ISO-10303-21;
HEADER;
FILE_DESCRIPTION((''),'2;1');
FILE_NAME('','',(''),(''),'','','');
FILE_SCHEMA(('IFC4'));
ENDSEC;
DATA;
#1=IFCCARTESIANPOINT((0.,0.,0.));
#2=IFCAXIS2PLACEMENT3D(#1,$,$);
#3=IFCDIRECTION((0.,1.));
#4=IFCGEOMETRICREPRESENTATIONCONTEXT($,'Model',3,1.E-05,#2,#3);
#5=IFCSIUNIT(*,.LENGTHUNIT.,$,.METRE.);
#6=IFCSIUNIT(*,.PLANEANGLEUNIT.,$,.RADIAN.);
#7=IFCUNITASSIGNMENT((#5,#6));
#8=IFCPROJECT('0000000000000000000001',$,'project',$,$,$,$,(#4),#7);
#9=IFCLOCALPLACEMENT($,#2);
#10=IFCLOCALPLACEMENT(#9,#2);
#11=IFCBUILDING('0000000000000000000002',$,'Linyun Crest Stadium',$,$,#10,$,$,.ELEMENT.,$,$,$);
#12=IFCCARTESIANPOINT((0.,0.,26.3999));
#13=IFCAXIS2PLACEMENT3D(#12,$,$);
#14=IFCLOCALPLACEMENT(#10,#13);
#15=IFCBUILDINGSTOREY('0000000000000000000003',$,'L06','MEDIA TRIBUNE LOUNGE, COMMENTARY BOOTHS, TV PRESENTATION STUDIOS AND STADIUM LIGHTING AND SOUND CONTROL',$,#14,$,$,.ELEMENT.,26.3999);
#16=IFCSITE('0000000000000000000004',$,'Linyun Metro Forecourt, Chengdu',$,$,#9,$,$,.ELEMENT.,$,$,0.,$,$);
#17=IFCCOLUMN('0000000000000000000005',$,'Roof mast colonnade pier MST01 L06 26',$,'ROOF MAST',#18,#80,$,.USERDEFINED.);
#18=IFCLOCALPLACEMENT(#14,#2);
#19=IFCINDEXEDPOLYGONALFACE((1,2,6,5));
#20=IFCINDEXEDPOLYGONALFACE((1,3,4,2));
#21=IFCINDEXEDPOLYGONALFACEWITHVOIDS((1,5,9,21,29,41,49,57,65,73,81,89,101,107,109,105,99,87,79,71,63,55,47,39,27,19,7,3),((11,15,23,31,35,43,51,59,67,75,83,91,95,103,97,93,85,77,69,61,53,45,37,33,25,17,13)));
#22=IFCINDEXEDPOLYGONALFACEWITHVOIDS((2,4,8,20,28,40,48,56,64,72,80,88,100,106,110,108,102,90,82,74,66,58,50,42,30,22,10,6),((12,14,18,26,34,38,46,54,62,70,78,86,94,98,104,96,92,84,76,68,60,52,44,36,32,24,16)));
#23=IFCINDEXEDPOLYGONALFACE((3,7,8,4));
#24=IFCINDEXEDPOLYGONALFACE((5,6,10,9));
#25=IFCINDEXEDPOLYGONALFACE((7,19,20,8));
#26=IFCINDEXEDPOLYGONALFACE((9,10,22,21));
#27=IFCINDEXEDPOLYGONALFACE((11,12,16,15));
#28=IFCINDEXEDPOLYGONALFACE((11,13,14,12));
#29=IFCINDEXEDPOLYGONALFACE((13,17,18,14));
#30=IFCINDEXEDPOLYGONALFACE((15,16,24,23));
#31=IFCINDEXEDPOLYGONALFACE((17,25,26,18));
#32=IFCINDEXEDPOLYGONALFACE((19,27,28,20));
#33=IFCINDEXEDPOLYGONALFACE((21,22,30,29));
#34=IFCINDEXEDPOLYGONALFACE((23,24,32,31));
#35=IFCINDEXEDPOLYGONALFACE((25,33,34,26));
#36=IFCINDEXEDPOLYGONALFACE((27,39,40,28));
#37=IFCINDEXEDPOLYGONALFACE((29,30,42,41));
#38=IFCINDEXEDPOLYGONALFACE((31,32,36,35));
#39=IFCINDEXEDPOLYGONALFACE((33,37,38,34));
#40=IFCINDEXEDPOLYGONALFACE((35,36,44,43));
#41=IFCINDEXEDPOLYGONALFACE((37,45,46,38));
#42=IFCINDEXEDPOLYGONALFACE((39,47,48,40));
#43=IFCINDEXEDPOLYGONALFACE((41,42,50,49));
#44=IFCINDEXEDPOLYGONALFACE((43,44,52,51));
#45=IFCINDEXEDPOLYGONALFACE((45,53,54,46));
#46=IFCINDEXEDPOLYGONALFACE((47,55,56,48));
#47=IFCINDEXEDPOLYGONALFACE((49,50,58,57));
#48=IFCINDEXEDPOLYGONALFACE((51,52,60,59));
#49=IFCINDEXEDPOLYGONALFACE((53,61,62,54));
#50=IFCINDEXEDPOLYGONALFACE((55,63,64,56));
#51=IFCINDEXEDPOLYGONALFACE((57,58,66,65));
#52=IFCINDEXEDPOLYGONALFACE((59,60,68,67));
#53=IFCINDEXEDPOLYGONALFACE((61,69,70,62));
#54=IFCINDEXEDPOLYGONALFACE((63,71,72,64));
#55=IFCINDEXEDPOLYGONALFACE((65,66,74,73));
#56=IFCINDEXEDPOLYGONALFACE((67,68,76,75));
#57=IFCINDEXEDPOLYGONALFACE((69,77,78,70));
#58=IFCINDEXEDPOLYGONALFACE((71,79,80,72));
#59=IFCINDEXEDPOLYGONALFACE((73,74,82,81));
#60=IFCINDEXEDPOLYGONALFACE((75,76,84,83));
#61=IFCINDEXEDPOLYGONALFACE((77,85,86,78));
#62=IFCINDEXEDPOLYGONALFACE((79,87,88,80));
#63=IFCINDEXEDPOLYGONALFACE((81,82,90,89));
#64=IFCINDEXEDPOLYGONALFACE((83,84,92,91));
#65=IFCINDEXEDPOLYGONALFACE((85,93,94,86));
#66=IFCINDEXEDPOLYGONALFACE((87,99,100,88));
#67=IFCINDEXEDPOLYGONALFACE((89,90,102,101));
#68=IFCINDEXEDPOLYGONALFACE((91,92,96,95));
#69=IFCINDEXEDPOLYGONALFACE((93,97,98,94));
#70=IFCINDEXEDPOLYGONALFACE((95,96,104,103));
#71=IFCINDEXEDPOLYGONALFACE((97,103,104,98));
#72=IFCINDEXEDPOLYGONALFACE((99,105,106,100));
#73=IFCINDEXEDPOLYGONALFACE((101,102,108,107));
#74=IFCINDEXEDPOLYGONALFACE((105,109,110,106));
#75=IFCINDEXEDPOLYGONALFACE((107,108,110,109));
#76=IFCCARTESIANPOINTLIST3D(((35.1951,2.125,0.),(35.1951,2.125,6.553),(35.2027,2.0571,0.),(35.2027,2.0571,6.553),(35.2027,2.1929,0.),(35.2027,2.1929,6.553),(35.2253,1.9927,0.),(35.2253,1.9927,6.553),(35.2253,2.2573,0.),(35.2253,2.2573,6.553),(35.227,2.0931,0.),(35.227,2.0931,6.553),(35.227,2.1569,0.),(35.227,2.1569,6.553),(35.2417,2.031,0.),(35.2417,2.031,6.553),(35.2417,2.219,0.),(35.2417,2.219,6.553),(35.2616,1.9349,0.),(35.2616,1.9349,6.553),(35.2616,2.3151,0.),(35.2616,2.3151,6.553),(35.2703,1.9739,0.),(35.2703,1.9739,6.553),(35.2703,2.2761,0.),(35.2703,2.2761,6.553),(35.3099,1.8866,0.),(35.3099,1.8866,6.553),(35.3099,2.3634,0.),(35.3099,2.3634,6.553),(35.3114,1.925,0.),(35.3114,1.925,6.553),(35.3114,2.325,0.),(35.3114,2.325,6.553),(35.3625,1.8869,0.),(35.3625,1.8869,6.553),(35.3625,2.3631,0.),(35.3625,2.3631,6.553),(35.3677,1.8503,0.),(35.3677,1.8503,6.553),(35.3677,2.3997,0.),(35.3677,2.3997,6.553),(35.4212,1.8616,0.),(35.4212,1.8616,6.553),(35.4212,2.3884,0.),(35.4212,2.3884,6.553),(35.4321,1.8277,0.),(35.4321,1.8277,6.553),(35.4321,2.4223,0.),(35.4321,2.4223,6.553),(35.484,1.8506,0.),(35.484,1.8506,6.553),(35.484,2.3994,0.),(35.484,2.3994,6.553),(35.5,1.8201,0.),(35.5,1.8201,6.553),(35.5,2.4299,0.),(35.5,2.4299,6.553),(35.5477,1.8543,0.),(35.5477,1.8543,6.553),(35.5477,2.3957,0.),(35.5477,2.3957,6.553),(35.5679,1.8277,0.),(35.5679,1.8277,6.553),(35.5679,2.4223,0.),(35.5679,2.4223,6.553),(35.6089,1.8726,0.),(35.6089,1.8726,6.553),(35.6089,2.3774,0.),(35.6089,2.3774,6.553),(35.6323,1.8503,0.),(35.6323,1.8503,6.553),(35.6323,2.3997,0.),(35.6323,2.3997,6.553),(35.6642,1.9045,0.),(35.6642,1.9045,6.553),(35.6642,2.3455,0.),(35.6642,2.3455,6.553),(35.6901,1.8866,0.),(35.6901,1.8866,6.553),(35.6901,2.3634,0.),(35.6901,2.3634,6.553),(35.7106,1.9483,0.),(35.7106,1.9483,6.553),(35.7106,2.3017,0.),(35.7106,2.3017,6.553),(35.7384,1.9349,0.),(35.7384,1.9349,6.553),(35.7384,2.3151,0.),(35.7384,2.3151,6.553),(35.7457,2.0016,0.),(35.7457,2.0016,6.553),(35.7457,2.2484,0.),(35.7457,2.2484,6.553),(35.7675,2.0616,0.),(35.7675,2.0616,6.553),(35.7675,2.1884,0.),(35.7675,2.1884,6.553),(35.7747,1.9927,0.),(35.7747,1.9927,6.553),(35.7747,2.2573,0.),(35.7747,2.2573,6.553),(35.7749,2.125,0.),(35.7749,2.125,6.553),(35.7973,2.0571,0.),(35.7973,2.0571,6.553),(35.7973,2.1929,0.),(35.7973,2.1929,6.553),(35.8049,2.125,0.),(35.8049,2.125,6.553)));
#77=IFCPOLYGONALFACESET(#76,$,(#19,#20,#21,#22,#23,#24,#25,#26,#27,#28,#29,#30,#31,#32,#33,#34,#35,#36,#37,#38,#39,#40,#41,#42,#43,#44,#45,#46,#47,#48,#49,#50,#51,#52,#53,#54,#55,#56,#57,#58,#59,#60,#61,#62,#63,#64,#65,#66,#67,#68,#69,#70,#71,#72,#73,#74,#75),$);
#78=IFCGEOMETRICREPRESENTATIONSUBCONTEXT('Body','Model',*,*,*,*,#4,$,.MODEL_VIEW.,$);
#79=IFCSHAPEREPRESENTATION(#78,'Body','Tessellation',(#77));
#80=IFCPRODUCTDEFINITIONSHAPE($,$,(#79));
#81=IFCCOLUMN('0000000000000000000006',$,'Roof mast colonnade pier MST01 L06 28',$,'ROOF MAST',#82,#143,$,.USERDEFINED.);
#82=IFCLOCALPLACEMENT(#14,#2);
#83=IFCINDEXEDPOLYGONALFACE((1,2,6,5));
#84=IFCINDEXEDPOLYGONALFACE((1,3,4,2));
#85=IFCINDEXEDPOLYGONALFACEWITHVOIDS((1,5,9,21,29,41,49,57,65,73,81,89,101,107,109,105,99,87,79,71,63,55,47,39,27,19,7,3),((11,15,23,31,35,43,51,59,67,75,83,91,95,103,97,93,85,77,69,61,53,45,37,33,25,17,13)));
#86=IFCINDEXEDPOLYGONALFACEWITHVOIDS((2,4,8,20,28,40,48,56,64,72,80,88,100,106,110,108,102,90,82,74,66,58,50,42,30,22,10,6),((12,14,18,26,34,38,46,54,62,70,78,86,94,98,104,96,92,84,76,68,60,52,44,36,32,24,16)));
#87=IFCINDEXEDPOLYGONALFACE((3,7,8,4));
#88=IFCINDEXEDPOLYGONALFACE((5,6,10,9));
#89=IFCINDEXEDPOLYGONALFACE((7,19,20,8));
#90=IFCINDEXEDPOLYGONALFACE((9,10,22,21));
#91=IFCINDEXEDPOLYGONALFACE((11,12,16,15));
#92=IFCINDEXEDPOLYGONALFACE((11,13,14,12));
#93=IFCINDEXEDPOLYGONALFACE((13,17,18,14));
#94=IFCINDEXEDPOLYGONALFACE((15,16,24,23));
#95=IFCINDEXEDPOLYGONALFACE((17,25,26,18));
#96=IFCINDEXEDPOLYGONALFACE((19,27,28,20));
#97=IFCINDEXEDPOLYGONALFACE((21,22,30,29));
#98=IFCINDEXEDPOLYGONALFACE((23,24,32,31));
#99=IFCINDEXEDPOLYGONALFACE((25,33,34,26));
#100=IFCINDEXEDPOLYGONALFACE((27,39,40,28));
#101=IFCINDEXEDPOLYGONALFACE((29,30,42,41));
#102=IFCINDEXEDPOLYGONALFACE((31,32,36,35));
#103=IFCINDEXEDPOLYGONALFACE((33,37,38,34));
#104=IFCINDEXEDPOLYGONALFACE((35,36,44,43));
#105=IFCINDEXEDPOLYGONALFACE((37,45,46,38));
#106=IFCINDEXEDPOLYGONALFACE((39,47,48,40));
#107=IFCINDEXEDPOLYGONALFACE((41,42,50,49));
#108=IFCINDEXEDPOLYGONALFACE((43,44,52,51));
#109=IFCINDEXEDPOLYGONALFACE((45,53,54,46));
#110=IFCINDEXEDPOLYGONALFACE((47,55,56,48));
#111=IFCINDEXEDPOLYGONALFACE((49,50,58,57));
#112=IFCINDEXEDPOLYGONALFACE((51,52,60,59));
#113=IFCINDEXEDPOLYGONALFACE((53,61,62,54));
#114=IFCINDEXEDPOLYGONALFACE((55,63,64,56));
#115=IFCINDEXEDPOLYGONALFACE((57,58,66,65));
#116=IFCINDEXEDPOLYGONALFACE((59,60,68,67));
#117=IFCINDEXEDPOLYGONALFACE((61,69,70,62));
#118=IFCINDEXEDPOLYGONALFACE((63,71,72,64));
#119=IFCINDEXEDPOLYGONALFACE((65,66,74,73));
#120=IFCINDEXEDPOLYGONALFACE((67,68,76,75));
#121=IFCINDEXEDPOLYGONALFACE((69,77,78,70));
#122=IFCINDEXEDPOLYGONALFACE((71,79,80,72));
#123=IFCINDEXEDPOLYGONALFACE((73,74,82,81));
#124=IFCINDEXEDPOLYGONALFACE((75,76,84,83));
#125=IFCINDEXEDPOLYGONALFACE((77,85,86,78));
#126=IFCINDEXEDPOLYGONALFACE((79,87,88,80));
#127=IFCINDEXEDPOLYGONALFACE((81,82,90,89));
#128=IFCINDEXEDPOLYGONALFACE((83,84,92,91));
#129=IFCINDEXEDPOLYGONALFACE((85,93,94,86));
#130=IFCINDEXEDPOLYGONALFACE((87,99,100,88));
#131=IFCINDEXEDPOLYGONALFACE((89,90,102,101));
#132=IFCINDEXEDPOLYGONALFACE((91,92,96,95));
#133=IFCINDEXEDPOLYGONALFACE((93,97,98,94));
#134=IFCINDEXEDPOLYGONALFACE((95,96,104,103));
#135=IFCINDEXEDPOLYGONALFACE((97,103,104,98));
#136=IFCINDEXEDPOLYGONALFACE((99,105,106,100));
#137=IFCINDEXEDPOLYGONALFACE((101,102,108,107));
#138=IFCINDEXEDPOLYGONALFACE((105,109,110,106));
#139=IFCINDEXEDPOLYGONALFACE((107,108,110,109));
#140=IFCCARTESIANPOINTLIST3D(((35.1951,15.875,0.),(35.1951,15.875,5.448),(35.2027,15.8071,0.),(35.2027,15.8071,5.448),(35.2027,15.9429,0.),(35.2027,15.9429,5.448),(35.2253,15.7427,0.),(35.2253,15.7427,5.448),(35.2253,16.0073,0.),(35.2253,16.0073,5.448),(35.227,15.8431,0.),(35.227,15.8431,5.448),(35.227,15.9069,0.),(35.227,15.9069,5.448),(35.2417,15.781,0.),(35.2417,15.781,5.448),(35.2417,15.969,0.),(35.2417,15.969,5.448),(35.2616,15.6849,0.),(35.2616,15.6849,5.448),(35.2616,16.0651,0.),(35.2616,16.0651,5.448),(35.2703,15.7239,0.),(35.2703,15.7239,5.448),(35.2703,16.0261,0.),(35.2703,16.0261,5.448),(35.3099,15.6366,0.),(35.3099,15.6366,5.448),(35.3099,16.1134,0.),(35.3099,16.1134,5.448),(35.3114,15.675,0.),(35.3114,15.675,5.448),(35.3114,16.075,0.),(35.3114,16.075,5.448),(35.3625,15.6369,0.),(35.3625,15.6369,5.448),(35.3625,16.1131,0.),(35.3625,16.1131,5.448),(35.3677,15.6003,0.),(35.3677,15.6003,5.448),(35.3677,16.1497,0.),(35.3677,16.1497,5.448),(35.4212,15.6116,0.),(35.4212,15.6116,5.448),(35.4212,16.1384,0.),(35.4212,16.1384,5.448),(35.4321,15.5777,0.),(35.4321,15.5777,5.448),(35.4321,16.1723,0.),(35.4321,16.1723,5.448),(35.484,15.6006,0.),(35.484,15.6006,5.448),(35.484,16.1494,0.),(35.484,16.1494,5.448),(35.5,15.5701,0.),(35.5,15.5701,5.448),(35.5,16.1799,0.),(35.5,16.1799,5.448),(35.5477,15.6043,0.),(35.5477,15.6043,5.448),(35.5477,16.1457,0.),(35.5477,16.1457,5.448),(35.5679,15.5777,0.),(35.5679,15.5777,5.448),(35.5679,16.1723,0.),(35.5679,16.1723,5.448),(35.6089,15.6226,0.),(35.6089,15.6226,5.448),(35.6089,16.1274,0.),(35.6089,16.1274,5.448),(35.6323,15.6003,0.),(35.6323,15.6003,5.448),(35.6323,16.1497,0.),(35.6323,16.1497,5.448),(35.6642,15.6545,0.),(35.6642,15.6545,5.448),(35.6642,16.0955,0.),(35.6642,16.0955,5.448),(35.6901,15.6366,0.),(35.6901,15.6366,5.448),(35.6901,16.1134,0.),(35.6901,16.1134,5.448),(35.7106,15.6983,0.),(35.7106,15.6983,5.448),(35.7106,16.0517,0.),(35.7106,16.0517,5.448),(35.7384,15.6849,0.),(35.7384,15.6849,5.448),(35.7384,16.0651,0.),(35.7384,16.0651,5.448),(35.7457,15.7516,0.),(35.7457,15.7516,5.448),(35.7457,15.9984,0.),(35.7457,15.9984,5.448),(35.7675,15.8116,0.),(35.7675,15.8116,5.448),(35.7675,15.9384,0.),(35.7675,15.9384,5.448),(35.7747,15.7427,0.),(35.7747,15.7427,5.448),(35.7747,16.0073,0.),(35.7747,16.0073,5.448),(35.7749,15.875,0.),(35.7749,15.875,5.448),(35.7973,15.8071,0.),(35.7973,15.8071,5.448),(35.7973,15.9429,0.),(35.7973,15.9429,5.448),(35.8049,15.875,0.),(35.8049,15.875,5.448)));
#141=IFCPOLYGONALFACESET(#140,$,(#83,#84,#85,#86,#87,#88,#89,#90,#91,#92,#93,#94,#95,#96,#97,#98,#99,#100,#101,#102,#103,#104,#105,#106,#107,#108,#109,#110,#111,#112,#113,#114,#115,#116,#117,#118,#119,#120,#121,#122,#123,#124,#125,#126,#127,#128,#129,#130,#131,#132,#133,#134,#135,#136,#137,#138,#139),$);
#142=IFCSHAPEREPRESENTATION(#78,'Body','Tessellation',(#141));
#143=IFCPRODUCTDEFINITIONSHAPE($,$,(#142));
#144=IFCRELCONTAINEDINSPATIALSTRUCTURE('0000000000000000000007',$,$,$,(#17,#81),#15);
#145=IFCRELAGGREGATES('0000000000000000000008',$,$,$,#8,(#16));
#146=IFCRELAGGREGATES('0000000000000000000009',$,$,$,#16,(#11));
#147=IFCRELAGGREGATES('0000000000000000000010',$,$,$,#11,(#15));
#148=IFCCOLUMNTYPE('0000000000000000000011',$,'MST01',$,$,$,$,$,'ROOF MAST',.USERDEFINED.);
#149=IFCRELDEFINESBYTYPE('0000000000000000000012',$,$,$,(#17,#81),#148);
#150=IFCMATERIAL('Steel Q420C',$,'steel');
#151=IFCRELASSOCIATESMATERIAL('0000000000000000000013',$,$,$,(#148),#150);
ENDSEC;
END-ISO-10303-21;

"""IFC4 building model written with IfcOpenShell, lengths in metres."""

from ifc_helpers import new_model, si_unit, direction, frame, origin, origin_2d, place, context, subcontext, project, spatial, hollow_circle, extrude, material, material_profile, profile_set, type_object, element, save


model = new_model("IFC4")

# Units and contexts
model_context = context("Model", 3, precision=1e-05, world=origin(), true_north=direction((0.0, 1.0)))
body_context = subcontext(model_context, "Body", "Model", "MODEL_VIEW")
ifc_project = project(units=[si_unit("LENGTHUNIT", "METRE"), si_unit("PLANEANGLEUNIT", "RADIAN")], contexts=[model_context])

# Site, building, storey
site_placement = place(None, origin())
site = spatial("IfcSite", under=ifc_project, at=site_placement, Name="Linyun Metro Forecourt, Chengdu", CompositionType="ELEMENT", RefElevation=0.0)
building_placement = place(site_placement, origin())
building = spatial("IfcBuilding", under=site, at=building_placement, Name="Linyun Crest Stadium", CompositionType="ELEMENT")
storey_placement = place(building_placement, frame((0.0, 0.0, 26.3999)))
storey = spatial("IfcBuildingStorey", under=building, at=storey_placement, Name="L06", Description="MEDIA TRIBUNE LOUNGE, COMMENTARY BOOTHS, TV PRESENTATION STUDIOS AND STADIUM LIGHTING AND SOUND CONTROL", CompositionType="ELEMENT", Elevation=26.3999)

# Columns
ifc_material_1 = material(Name="Steel Q420C", Category="steel")
ifc_material_profile_1 = material_profile(ifc_material_1, hollow_circle(Radius=0.3049, WallThickness=0.03, at=origin_2d()), Name="CHS 610x30")
ifc_profile_set_1 = profile_set([ifc_material_profile_1], Name="Steel Q420C")
column_type = type_object("IfcColumnType", Name="MST01", ElementType="ROOF MAST", PredefinedType="USERDEFINED", material=ifc_profile_set_1)
column_1_placement = place(storey_placement, frame((35.5, 2.125, 0.0), z_axis=(0.0, 0.0, 1.0), x_axis=(1.0, 0.0, 0.0)))
element("IfcColumn", 1, at=column_1_placement, inside=storey, type_object=column_type, Name="Roof mast colonnade pier MST01 L06 26", ObjectType="ROOF MAST", PredefinedType="USERDEFINED", context=body_context, shape_type="SweptSolid", body=[
    extrude(hollow_circle(Radius=0.3049, WallThickness=0.03, at=origin_2d()), origin(), (0.0, 0.0, 1.0), 6.553),
])
column_2_placement = place(storey_placement, frame((35.5, 15.875, 0.0), z_axis=(0.0, 0.0, 1.0), x_axis=(1.0, 0.0, 0.0)))
element("IfcColumn", 2, at=column_2_placement, inside=storey, type_object=column_type, Name="Roof mast colonnade pier MST01 L06 28", ObjectType="ROOF MAST", PredefinedType="USERDEFINED", context=body_context, shape_type="SweptSolid", body=[
    extrude(hollow_circle(Radius=0.3049, WallThickness=0.03, at=origin_2d()), origin(), (0.0, 0.0, 1.0), 5.448),
])

save(model, "model.ifc")
